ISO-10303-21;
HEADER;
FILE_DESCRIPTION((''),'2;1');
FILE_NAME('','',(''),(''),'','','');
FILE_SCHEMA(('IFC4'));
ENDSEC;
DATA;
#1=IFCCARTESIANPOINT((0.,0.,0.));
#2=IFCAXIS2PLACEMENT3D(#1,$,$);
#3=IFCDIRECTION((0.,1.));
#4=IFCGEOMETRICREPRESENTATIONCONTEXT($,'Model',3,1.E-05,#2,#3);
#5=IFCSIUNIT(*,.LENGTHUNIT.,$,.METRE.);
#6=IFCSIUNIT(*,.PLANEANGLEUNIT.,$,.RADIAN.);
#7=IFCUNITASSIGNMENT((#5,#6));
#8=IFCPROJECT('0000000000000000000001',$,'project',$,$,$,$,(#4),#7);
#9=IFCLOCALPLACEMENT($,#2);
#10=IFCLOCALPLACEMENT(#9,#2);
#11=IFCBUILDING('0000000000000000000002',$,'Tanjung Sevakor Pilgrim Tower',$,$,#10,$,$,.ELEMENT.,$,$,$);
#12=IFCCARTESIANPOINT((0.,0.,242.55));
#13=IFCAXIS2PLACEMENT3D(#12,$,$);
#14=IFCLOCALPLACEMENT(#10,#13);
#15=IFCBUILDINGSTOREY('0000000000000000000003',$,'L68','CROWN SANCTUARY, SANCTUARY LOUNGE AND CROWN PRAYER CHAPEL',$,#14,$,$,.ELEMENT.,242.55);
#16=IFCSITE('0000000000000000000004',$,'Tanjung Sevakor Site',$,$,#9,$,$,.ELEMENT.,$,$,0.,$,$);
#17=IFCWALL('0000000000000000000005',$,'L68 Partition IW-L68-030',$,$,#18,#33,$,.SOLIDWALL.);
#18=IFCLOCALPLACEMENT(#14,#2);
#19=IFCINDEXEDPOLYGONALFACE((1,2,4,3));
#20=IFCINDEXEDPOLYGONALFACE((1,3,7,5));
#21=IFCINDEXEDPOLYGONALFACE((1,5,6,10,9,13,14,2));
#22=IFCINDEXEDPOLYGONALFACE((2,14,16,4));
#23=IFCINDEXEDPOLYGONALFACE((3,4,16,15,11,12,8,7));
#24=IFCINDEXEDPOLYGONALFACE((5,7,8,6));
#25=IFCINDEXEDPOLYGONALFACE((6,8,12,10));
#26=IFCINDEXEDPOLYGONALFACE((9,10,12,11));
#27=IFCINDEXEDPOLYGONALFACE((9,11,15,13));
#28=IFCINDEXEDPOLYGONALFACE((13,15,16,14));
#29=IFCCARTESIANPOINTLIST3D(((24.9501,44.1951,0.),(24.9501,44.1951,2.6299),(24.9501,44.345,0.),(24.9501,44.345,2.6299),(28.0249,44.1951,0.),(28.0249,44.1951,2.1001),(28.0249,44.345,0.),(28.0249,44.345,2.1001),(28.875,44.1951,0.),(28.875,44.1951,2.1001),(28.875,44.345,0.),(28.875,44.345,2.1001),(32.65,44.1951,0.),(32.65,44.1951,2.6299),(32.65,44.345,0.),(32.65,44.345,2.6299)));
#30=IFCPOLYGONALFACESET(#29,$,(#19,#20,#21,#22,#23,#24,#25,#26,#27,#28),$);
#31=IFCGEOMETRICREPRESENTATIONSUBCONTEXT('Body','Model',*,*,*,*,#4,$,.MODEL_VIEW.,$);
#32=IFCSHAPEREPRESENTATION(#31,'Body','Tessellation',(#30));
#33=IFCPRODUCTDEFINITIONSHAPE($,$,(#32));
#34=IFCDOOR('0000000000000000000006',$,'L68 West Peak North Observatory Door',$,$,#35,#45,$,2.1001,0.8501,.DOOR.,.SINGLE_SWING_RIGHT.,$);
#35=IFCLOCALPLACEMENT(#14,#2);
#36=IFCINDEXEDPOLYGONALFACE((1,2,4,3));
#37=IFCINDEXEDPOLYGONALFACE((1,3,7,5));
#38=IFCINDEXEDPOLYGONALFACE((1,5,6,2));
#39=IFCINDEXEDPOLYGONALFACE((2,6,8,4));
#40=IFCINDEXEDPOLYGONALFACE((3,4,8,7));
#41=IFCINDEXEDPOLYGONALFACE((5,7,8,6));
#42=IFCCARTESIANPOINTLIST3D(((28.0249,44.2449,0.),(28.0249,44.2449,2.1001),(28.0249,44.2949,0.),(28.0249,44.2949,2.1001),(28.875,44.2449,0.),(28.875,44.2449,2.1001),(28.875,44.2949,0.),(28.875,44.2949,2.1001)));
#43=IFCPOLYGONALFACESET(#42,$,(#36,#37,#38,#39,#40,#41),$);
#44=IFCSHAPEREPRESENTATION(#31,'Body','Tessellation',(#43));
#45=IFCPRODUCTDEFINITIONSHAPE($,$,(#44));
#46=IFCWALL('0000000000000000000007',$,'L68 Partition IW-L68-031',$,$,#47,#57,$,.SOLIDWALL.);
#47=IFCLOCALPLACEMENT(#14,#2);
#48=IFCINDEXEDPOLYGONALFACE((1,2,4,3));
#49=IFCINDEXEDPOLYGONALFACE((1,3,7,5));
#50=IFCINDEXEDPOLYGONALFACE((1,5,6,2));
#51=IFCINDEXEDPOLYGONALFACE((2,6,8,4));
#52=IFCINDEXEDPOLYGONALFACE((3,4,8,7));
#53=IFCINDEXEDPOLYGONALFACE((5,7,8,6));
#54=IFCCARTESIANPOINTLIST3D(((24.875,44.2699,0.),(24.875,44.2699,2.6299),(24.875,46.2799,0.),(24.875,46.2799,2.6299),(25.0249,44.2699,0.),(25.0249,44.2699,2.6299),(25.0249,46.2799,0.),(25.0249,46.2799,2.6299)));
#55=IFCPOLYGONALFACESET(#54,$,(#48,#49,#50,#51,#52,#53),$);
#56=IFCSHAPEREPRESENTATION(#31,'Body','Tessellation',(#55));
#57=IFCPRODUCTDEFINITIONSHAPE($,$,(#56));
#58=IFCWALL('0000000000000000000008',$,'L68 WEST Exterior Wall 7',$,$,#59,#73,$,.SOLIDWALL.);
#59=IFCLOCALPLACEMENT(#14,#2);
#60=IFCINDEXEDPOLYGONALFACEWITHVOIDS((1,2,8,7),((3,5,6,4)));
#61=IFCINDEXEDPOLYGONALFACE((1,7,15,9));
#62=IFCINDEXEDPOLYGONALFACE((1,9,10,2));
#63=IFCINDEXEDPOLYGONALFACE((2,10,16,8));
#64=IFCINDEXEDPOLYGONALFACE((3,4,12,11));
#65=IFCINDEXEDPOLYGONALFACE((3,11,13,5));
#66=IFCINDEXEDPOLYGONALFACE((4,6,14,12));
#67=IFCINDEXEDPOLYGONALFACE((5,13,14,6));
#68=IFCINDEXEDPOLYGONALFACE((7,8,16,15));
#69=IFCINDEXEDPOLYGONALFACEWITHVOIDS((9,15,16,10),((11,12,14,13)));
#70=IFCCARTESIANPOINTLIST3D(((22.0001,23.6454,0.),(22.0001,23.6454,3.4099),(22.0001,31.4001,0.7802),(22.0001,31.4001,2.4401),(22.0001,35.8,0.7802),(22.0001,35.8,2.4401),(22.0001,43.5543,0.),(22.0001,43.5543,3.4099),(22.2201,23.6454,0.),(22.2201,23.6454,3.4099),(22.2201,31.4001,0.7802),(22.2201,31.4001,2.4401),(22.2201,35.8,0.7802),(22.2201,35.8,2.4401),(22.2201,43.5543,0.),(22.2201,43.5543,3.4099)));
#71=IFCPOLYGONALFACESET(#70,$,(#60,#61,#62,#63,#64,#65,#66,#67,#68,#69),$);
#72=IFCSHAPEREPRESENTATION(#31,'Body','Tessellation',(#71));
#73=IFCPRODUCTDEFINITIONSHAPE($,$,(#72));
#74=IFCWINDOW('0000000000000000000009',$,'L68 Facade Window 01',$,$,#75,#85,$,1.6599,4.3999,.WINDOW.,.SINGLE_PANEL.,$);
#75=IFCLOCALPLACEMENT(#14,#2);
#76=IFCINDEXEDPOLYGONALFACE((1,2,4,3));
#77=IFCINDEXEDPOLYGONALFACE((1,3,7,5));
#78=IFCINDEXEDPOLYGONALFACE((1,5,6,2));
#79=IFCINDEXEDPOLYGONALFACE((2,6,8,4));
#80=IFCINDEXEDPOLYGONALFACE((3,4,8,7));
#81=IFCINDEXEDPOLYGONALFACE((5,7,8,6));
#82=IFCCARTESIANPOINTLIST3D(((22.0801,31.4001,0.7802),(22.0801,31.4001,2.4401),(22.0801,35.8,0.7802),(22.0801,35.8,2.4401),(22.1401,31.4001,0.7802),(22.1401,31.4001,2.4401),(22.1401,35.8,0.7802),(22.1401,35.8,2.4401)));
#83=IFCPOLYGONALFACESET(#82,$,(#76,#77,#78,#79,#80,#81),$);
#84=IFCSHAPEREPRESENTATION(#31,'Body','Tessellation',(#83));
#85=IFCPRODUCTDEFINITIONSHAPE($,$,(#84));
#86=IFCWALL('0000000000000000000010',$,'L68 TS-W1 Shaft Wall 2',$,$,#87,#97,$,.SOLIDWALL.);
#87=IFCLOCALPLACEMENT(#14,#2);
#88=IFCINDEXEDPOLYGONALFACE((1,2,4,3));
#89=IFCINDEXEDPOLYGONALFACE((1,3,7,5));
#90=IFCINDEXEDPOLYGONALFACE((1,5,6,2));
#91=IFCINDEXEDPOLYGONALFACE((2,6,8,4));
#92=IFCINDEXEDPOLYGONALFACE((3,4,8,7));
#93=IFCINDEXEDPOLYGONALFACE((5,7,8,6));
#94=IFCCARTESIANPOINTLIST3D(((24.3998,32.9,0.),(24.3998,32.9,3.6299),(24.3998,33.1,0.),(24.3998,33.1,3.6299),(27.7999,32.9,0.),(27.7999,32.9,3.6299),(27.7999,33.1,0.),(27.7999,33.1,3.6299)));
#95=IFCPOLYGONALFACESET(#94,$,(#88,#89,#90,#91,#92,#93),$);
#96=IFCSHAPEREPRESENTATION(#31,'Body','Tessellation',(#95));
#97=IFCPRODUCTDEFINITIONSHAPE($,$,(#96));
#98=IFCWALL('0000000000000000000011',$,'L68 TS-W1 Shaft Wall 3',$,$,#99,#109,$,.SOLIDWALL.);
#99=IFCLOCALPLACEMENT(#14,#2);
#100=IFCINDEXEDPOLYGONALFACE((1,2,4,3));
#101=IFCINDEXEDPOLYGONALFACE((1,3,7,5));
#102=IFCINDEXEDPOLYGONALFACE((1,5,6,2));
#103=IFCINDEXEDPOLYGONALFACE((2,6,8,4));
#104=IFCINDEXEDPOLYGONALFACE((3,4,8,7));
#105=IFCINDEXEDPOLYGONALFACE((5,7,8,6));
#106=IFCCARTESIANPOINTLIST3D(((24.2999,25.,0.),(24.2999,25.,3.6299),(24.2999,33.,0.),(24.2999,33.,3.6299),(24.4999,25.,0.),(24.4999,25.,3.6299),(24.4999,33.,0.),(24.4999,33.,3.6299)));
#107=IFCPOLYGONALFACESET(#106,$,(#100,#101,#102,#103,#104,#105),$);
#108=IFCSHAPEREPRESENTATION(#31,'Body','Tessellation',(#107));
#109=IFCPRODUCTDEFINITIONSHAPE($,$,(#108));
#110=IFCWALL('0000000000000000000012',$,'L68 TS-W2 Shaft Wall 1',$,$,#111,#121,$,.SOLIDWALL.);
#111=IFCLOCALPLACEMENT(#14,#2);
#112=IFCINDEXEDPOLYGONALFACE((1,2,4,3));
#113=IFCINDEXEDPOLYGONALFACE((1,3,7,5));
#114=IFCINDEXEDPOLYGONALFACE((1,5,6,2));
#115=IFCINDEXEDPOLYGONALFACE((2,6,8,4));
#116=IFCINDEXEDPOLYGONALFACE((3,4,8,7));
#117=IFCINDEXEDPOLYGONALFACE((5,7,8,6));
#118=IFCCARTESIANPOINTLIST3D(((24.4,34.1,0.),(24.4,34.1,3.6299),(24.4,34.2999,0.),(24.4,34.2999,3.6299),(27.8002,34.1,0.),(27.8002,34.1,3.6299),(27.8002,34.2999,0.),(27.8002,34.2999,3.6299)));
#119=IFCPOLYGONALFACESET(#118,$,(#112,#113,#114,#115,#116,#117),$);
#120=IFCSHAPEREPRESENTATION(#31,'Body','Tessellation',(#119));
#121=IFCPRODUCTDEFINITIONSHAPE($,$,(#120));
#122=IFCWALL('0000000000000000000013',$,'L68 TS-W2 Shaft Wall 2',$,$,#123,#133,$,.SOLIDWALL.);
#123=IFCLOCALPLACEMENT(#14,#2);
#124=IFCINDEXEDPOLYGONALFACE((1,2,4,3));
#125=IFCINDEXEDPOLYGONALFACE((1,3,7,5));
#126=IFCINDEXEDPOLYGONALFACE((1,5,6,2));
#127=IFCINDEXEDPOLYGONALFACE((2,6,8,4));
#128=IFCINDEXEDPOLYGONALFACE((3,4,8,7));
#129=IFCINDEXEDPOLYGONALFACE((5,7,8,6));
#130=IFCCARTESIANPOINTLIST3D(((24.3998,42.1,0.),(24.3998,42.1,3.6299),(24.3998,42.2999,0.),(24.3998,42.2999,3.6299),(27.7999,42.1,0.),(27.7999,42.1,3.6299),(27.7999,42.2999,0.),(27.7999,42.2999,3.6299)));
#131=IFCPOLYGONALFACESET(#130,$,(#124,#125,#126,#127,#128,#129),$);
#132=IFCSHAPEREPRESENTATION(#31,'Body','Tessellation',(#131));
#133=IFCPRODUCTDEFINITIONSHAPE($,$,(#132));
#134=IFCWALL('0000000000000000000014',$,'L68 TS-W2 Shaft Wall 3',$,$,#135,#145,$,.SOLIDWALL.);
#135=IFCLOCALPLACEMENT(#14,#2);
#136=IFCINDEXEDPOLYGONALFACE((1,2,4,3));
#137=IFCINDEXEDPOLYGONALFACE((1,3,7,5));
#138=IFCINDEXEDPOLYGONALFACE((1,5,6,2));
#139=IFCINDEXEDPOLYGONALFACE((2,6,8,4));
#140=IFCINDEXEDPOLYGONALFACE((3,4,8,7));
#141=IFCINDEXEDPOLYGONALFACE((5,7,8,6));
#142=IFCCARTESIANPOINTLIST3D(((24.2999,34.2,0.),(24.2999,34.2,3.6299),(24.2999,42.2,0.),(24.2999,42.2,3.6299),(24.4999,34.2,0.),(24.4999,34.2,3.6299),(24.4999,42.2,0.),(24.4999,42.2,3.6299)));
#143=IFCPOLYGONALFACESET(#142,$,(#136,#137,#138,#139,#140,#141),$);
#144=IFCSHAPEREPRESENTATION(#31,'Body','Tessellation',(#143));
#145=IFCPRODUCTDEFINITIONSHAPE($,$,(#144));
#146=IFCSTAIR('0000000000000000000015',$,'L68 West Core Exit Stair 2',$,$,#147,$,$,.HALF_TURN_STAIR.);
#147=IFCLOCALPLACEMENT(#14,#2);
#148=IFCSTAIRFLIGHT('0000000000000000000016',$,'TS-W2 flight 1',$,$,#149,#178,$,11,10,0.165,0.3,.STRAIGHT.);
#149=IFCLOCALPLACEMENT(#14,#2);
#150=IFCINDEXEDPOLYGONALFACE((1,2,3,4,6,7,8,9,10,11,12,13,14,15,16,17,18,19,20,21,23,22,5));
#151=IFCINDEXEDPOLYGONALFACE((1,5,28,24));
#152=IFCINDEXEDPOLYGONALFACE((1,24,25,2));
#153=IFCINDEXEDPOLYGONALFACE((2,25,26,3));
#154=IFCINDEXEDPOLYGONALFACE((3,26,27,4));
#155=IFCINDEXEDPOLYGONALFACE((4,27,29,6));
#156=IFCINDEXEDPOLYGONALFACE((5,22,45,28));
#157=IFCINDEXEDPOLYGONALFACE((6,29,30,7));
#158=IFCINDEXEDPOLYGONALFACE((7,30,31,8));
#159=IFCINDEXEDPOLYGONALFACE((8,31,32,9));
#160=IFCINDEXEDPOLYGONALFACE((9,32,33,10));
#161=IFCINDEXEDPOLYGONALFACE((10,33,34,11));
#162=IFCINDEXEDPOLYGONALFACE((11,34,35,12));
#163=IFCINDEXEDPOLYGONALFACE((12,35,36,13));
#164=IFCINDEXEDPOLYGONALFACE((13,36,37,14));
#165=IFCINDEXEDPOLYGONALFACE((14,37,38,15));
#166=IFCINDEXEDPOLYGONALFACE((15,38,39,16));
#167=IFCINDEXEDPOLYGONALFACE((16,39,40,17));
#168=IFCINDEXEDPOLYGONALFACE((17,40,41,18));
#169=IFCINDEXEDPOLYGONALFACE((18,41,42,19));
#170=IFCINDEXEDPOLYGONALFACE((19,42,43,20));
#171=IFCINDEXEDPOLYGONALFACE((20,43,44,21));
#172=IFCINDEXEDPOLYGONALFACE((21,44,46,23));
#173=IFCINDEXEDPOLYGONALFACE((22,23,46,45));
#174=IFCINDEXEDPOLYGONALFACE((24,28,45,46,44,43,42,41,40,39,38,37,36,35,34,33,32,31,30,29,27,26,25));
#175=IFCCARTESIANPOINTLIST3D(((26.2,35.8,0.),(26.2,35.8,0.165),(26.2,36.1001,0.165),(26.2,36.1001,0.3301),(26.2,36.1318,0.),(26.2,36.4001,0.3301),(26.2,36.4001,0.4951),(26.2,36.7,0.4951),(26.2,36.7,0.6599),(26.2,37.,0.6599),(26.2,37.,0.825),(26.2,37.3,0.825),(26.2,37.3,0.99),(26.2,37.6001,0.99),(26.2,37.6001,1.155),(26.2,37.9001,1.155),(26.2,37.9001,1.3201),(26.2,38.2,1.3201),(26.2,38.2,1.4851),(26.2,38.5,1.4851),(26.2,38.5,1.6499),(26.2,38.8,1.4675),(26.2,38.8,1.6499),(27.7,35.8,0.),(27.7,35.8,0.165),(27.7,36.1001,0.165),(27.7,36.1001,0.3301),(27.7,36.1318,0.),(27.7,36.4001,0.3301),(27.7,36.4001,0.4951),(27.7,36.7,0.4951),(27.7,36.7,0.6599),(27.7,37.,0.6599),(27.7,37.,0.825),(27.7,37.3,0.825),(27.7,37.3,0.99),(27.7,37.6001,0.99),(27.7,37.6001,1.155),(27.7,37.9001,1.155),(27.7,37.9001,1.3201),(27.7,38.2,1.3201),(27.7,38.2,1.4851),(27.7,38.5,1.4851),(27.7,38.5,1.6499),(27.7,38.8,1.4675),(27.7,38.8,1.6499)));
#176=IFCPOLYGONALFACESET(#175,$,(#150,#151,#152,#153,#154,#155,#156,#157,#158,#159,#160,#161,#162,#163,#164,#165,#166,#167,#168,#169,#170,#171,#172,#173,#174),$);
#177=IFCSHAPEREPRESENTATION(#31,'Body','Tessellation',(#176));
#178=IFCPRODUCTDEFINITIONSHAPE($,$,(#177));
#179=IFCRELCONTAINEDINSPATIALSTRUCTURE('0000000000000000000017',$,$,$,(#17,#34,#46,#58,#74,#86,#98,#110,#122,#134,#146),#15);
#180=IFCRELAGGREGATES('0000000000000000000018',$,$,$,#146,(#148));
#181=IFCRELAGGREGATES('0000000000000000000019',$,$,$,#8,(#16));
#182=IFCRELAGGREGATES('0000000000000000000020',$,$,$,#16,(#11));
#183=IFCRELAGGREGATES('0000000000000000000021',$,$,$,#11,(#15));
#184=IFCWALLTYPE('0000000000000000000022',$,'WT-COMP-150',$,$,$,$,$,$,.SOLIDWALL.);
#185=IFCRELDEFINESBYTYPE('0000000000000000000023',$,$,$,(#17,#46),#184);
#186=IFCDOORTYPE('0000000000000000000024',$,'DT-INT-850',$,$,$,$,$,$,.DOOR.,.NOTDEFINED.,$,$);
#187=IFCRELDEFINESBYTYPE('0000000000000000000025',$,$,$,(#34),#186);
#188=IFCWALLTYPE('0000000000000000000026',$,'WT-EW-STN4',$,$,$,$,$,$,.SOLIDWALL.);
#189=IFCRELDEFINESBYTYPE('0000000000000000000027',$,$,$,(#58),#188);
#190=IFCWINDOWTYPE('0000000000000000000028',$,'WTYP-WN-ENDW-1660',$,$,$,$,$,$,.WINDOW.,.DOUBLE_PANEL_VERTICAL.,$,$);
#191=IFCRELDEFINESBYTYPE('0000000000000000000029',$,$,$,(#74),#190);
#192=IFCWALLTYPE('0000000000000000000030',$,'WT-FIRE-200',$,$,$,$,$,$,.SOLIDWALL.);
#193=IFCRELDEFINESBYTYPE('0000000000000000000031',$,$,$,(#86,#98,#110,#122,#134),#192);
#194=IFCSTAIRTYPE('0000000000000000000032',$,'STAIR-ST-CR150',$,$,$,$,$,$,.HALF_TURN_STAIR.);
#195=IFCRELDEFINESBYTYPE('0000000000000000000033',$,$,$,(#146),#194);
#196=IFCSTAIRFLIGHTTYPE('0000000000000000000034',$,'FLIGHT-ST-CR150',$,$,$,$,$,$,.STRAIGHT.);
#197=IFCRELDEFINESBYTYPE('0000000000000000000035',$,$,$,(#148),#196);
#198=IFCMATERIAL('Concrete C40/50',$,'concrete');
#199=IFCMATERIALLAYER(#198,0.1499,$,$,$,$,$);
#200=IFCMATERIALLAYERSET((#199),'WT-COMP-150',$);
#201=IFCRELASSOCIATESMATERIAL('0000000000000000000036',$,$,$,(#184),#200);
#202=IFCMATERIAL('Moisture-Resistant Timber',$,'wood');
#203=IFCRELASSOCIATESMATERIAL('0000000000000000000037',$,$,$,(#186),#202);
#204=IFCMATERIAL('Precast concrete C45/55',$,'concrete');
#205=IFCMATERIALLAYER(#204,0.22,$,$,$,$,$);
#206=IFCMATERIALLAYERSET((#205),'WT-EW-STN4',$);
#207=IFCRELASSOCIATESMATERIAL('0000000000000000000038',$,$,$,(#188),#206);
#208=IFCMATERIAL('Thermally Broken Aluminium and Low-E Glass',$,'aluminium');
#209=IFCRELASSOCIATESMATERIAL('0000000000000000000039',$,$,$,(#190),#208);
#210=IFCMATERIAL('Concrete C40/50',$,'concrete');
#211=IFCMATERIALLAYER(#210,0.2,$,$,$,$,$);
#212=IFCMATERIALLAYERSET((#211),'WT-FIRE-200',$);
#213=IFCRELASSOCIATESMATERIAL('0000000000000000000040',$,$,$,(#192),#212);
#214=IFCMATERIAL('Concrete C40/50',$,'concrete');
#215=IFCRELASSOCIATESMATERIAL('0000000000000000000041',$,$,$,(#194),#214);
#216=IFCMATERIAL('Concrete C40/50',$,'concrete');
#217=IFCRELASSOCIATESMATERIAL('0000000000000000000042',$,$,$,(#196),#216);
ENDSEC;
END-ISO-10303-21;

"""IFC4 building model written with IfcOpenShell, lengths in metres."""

from ifc_helpers import new_model, si_unit, direction, frame, frame_2d, origin, place, context, subcontext, project, spatial, polyline, rectangle, outline, extrude, material, layer, layer_set, type_object, element, fill, aggregate, save


model = new_model("IFC4")

# Units and contexts
model_context = context("Model", 3, precision=1e-05, world=origin(), true_north=direction((0.0, 1.0)))
body_context = subcontext(model_context, "Body", "Model", "MODEL_VIEW")
ifc_project = project(units=[si_unit("LENGTHUNIT", "METRE"), si_unit("PLANEANGLEUNIT", "RADIAN")], contexts=[model_context])

# Site, building, storey
site_placement = place(None, origin())
site = spatial("IfcSite", under=ifc_project, at=site_placement, Name="Tanjung Sevakor Site", CompositionType="ELEMENT", RefElevation=0.0)
building_placement = place(site_placement, origin())
building = spatial("IfcBuilding", under=site, at=building_placement, Name="Tanjung Sevakor Pilgrim Tower", CompositionType="ELEMENT")
storey_placement = place(building_placement, frame((0.0, 0.0, 242.55)))
storey = spatial("IfcBuildingStorey", under=building, at=storey_placement, Name="L68", Description="CROWN SANCTUARY, SANCTUARY LOUNGE AND CROWN PRAYER CHAPEL", CompositionType="ELEMENT", Elevation=242.55)

# Shared definitions
ifc_material_1 = material(Name="Concrete C40/50", Category="concrete")
ifc_layer_1 = layer(ifc_material_1, 0.1499)
ifc_layer_set_1 = layer_set([ifc_layer_1], Name="WT-COMP-150")
wall_type_1 = type_object("IfcWallType", Name="WT-COMP-150", PredefinedType="SOLIDWALL", material=ifc_layer_set_1)

# Wall, opening, door
wall_1_placement = place(storey_placement, frame((24.95, 44.27, 0.0), z_axis=(0.0, 0.0, 1.0), x_axis=(1.0, 0.0, 0.0)))
wall_1 = element("IfcWall", 1, at=wall_1_placement, inside=storey, type_object=wall_type_1, Name="L68 Partition IW-L68-030", PredefinedType="SOLIDWALL", context=body_context, shape_type="SweptSolid", body=[
    extrude(rectangle(XDim=7.7, YDim=0.1499, at=frame_2d((3.8501, 0.0))), origin(), (0.0, 0.0, 1.0), 2.6299),
])
opening_1_placement = place(wall_1_placement, frame((3.075, 0.0, 0.0)))
opening_1 = element("IfcOpeningElement", 2, at=opening_1_placement, cuts=wall_1, PredefinedType="OPENING", context=body_context, shape_type="SweptSolid", body=[
    extrude(rectangle(XDim=0.8501, YDim=2.1001, at=frame_2d((0.425, 1.05))), frame((0.0, 0.085, 0.0), z_axis=(0.0, -1.0, 0.0), x_axis=(1.0, 0.0, 0.0)), (0.0, 0.0, 1.0), 0.1699),
])
ifc_material_2 = material(Name="Moisture-Resistant Timber", Category="wood")
door_type_1 = type_object("IfcDoorType", Name="DT-INT-850", OperationType="NOTDEFINED", PredefinedType="DOOR", material=ifc_material_2)
door_1_placement = place(opening_1_placement, origin())
door_1 = element("IfcDoor", 3, at=door_1_placement, inside=storey, type_object=door_type_1, Name="L68 West Peak North Observatory Door", OperationType="SINGLE_SWING_RIGHT", OverallHeight=2.1001, OverallWidth=0.8501, PredefinedType="DOOR", context=body_context, shape_type="SweptSolid", body=[
    extrude(rectangle(XDim=0.8501, YDim=2.1001, at=frame_2d((0.425, 1.05))), frame((0.0, 0.0249, 0.0), z_axis=(0.0, -1.0, 0.0), x_axis=(1.0, 0.0, 0.0)), (0.0, 0.0, 1.0), 0.05),
])
fill(opening_1, door_1)

# Wall
wall_2_placement = place(storey_placement, frame((24.95, 44.27, 0.0), z_axis=(0.0, 0.0, 1.0), x_axis=(0.0, 1.0, 0.0)))
element("IfcWall", 4, at=wall_2_placement, inside=storey, type_object=wall_type_1, Name="L68 Partition IW-L68-031", PredefinedType="SOLIDWALL", context=body_context, shape_type="SweptSolid", body=[
    extrude(rectangle(XDim=2.01, YDim=0.1499, at=frame_2d((1.0049, 0.0))), origin(), (0.0, 0.0, 1.0), 2.6299),
])

# Wall, opening, window
ifc_material_3 = material(Name="Precast concrete C45/55", Category="concrete")
ifc_layer_2 = layer(ifc_material_3, 0.22)
ifc_layer_set_2 = layer_set([ifc_layer_2], Name="WT-EW-STN4")
wall_type_2 = type_object("IfcWallType", Name="WT-EW-STN4", PredefinedType="SOLIDWALL", material=ifc_layer_set_2)
wall_3_placement = place(storey_placement, frame((22.1101, 43.5544, 0.0), z_axis=(0.0, 0.0, 1.0), x_axis=(0.0, -1.0, 0.0)))
wall_3 = element("IfcWall", 5, at=wall_3_placement, inside=storey, type_object=wall_type_2, Name="L68 WEST Exterior Wall 7", PredefinedType="SOLIDWALL", context=body_context, shape_type="SweptSolid", body=[
    extrude(rectangle(XDim=19.9089, YDim=0.22, at=frame_2d((9.9546, 0.0))), origin(), (0.0, 0.0, 1.0), 3.4099),
])
opening_2_placement = place(wall_3_placement, frame((7.7544, 0.0, 0.78)))
opening_2 = element("IfcOpeningElement", 6, at=opening_2_placement, cuts=wall_3, PredefinedType="OPENING", context=body_context, shape_type="SweptSolid", body=[
    extrude(rectangle(XDim=4.3999, YDim=1.6599, at=frame_2d((2.2, 0.8301))), frame((0.0, 0.1199, 0.0), z_axis=(0.0, -1.0, 0.0), x_axis=(1.0, 0.0, 0.0)), (0.0, 0.0, 1.0), 0.24),
])
ifc_material_4 = material(Name="Thermally Broken Aluminium and Low-E Glass", Category="aluminium")
window_type = type_object("IfcWindowType", Name="WTYP-WN-ENDW-1660", PartitioningType="DOUBLE_PANEL_VERTICAL", PredefinedType="WINDOW", material=ifc_material_4)
window_placement = place(opening_2_placement, origin())
window = element("IfcWindow", 7, at=window_placement, inside=storey, type_object=window_type, Name="L68 Facade Window 01", OverallHeight=1.6599, OverallWidth=4.3999, PartitioningType="SINGLE_PANEL", PredefinedType="WINDOW", context=body_context, shape_type="SweptSolid", body=[
    extrude(rectangle(XDim=4.3999, YDim=1.6599, at=frame_2d((2.2, 0.8301))), frame((0.0, 0.03, 0.0), z_axis=(0.0, -1.0, 0.0), x_axis=(1.0, 0.0, 0.0)), (0.0, 0.0, 1.0), 0.0601),
])
fill(opening_2, window)

# Walls
ifc_material_5 = material(Name="Concrete C40/50", Category="concrete")
ifc_layer_3 = layer(ifc_material_5, 0.2)
ifc_layer_set_3 = layer_set([ifc_layer_3], Name="WT-FIRE-200")
wall_type_3 = type_object("IfcWallType", Name="WT-FIRE-200", PredefinedType="SOLIDWALL", material=ifc_layer_set_3)
wall_4_placement = place(storey_placement, frame((27.8, 33.0, 0.0), z_axis=(0.0, 0.0, 1.0), x_axis=(-1.0, 0.0, 0.0)))
element("IfcWall", 8, at=wall_4_placement, inside=storey, type_object=wall_type_3, Name="L68 TS-W1 Shaft Wall 2", PredefinedType="SOLIDWALL", context=body_context, shape_type="SweptSolid", body=[
    extrude(rectangle(XDim=3.4001, YDim=0.2, at=frame_2d((1.7002, 0.0))), origin(), (0.0, 0.0, 1.0), 3.6299),
])
wall_5_placement = place(storey_placement, frame((24.3999, 33.0, 0.0), z_axis=(0.0, 0.0, 1.0), x_axis=(0.0, -1.0, 0.0)))
element("IfcWall", 9, at=wall_5_placement, inside=storey, type_object=wall_type_3, Name="L68 TS-W1 Shaft Wall 3", PredefinedType="SOLIDWALL", context=body_context, shape_type="SweptSolid", body=[
    extrude(rectangle(XDim=8.0, YDim=0.2, at=frame_2d((4.0, 0.0))), origin(), (0.0, 0.0, 1.0), 3.6299),
])
for number, where, z_axis, x_axis, name in (
    (10, (24.3999, 34.2, 0.0), (0.0, 0.0, 1.0), (1.0, 0.0, 0.0), "L68 TS-W2 Shaft Wall 1"),
    (11, (27.8, 42.2, 0.0), (0.0, 0.0, 1.0), (-1.0, 0.0, 0.0), "L68 TS-W2 Shaft Wall 2"),
):
    element("IfcWall", number, at=place(storey_placement, frame(where, z_axis=z_axis, x_axis=x_axis)), inside=storey, type_object=wall_type_3, Name=name, PredefinedType="SOLIDWALL", context=body_context, shape_type="SweptSolid", body=[
        extrude(rectangle(XDim=3.4001, YDim=0.2, at=frame_2d((1.7002, 0.0))), origin(), (0.0, 0.0, 1.0), 3.6299),
    ])
wall_6_placement = place(storey_placement, frame((24.3999, 42.2, 0.0), z_axis=(0.0, 0.0, 1.0), x_axis=(0.0, -1.0, 0.0)))
element("IfcWall", 12, at=wall_6_placement, inside=storey, type_object=wall_type_3, Name="L68 TS-W2 Shaft Wall 3", PredefinedType="SOLIDWALL", context=body_context, shape_type="SweptSolid", body=[
    extrude(rectangle(XDim=8.0, YDim=0.2, at=frame_2d((4.0, 0.0))), origin(), (0.0, 0.0, 1.0), 3.6299),
])

# Stair, stair flight
ifc_material_6 = material(Name="Concrete C40/50", Category="concrete")
stair_type = type_object("IfcStairType", Name="STAIR-ST-CR150", PredefinedType="HALF_TURN_STAIR", material=ifc_material_6)
stair_placement = place(storey_placement, origin())
stair = element("IfcStair", 13, at=stair_placement, inside=storey, type_object=stair_type, Name="L68 West Core Exit Stair 2", PredefinedType="HALF_TURN_STAIR")
ifc_material_7 = material(Name="Concrete C40/50", Category="concrete")
stair_flight_type = type_object("IfcStairFlightType", Name="FLIGHT-ST-CR150", PredefinedType="STRAIGHT", material=ifc_material_7)
stair_flight_1_placement = place(storey_placement, frame((26.95, 35.8, 0.0), z_axis=(0.0, 0.0, 1.0), x_axis=(0.0, 1.0, 0.0)))
stair_flight_1 = element("IfcStairFlight", 14, at=stair_flight_1_placement, type_object=stair_flight_type, Name="TS-W2 flight 1", NumberOfRisers=11, NumberOfTreads=10, PredefinedType="STRAIGHT", RiserHeight=0.165, TreadLength=0.3, context=body_context, shape_type="SweptSolid", body=[
    extrude(outline(polyline([(0.0, 0.0), (0.0, 0.165), (0.3, 0.165), (0.3, 0.3301), (0.6001, 0.3301), (0.6001, 0.4951), (0.8999, 0.4951), (0.8999, 0.6599), (1.2, 0.6599), (1.2, 0.825), (1.5, 0.825), (1.5, 0.99), (1.8, 0.99), (1.8, 1.155), (2.1001, 1.155), (2.1001, 1.3201), (2.3999, 1.3201), (2.3999, 1.4851), (2.7, 1.4851), (2.7, 1.6499), (3.0, 1.6499), (3.0, 1.8149), (3.0, 1.4675), (0.3318, 0.0), (0.0, 0.0)])), frame((0.0, 0.75, 0.0), z_axis=(0.0, -1.0, 0.0), x_axis=(1.0, 0.0, 0.0)), (0.0, 0.0, 1.0), 1.5),
])
aggregate(stair, [stair_flight_1])

save(model, "model.ifc")
